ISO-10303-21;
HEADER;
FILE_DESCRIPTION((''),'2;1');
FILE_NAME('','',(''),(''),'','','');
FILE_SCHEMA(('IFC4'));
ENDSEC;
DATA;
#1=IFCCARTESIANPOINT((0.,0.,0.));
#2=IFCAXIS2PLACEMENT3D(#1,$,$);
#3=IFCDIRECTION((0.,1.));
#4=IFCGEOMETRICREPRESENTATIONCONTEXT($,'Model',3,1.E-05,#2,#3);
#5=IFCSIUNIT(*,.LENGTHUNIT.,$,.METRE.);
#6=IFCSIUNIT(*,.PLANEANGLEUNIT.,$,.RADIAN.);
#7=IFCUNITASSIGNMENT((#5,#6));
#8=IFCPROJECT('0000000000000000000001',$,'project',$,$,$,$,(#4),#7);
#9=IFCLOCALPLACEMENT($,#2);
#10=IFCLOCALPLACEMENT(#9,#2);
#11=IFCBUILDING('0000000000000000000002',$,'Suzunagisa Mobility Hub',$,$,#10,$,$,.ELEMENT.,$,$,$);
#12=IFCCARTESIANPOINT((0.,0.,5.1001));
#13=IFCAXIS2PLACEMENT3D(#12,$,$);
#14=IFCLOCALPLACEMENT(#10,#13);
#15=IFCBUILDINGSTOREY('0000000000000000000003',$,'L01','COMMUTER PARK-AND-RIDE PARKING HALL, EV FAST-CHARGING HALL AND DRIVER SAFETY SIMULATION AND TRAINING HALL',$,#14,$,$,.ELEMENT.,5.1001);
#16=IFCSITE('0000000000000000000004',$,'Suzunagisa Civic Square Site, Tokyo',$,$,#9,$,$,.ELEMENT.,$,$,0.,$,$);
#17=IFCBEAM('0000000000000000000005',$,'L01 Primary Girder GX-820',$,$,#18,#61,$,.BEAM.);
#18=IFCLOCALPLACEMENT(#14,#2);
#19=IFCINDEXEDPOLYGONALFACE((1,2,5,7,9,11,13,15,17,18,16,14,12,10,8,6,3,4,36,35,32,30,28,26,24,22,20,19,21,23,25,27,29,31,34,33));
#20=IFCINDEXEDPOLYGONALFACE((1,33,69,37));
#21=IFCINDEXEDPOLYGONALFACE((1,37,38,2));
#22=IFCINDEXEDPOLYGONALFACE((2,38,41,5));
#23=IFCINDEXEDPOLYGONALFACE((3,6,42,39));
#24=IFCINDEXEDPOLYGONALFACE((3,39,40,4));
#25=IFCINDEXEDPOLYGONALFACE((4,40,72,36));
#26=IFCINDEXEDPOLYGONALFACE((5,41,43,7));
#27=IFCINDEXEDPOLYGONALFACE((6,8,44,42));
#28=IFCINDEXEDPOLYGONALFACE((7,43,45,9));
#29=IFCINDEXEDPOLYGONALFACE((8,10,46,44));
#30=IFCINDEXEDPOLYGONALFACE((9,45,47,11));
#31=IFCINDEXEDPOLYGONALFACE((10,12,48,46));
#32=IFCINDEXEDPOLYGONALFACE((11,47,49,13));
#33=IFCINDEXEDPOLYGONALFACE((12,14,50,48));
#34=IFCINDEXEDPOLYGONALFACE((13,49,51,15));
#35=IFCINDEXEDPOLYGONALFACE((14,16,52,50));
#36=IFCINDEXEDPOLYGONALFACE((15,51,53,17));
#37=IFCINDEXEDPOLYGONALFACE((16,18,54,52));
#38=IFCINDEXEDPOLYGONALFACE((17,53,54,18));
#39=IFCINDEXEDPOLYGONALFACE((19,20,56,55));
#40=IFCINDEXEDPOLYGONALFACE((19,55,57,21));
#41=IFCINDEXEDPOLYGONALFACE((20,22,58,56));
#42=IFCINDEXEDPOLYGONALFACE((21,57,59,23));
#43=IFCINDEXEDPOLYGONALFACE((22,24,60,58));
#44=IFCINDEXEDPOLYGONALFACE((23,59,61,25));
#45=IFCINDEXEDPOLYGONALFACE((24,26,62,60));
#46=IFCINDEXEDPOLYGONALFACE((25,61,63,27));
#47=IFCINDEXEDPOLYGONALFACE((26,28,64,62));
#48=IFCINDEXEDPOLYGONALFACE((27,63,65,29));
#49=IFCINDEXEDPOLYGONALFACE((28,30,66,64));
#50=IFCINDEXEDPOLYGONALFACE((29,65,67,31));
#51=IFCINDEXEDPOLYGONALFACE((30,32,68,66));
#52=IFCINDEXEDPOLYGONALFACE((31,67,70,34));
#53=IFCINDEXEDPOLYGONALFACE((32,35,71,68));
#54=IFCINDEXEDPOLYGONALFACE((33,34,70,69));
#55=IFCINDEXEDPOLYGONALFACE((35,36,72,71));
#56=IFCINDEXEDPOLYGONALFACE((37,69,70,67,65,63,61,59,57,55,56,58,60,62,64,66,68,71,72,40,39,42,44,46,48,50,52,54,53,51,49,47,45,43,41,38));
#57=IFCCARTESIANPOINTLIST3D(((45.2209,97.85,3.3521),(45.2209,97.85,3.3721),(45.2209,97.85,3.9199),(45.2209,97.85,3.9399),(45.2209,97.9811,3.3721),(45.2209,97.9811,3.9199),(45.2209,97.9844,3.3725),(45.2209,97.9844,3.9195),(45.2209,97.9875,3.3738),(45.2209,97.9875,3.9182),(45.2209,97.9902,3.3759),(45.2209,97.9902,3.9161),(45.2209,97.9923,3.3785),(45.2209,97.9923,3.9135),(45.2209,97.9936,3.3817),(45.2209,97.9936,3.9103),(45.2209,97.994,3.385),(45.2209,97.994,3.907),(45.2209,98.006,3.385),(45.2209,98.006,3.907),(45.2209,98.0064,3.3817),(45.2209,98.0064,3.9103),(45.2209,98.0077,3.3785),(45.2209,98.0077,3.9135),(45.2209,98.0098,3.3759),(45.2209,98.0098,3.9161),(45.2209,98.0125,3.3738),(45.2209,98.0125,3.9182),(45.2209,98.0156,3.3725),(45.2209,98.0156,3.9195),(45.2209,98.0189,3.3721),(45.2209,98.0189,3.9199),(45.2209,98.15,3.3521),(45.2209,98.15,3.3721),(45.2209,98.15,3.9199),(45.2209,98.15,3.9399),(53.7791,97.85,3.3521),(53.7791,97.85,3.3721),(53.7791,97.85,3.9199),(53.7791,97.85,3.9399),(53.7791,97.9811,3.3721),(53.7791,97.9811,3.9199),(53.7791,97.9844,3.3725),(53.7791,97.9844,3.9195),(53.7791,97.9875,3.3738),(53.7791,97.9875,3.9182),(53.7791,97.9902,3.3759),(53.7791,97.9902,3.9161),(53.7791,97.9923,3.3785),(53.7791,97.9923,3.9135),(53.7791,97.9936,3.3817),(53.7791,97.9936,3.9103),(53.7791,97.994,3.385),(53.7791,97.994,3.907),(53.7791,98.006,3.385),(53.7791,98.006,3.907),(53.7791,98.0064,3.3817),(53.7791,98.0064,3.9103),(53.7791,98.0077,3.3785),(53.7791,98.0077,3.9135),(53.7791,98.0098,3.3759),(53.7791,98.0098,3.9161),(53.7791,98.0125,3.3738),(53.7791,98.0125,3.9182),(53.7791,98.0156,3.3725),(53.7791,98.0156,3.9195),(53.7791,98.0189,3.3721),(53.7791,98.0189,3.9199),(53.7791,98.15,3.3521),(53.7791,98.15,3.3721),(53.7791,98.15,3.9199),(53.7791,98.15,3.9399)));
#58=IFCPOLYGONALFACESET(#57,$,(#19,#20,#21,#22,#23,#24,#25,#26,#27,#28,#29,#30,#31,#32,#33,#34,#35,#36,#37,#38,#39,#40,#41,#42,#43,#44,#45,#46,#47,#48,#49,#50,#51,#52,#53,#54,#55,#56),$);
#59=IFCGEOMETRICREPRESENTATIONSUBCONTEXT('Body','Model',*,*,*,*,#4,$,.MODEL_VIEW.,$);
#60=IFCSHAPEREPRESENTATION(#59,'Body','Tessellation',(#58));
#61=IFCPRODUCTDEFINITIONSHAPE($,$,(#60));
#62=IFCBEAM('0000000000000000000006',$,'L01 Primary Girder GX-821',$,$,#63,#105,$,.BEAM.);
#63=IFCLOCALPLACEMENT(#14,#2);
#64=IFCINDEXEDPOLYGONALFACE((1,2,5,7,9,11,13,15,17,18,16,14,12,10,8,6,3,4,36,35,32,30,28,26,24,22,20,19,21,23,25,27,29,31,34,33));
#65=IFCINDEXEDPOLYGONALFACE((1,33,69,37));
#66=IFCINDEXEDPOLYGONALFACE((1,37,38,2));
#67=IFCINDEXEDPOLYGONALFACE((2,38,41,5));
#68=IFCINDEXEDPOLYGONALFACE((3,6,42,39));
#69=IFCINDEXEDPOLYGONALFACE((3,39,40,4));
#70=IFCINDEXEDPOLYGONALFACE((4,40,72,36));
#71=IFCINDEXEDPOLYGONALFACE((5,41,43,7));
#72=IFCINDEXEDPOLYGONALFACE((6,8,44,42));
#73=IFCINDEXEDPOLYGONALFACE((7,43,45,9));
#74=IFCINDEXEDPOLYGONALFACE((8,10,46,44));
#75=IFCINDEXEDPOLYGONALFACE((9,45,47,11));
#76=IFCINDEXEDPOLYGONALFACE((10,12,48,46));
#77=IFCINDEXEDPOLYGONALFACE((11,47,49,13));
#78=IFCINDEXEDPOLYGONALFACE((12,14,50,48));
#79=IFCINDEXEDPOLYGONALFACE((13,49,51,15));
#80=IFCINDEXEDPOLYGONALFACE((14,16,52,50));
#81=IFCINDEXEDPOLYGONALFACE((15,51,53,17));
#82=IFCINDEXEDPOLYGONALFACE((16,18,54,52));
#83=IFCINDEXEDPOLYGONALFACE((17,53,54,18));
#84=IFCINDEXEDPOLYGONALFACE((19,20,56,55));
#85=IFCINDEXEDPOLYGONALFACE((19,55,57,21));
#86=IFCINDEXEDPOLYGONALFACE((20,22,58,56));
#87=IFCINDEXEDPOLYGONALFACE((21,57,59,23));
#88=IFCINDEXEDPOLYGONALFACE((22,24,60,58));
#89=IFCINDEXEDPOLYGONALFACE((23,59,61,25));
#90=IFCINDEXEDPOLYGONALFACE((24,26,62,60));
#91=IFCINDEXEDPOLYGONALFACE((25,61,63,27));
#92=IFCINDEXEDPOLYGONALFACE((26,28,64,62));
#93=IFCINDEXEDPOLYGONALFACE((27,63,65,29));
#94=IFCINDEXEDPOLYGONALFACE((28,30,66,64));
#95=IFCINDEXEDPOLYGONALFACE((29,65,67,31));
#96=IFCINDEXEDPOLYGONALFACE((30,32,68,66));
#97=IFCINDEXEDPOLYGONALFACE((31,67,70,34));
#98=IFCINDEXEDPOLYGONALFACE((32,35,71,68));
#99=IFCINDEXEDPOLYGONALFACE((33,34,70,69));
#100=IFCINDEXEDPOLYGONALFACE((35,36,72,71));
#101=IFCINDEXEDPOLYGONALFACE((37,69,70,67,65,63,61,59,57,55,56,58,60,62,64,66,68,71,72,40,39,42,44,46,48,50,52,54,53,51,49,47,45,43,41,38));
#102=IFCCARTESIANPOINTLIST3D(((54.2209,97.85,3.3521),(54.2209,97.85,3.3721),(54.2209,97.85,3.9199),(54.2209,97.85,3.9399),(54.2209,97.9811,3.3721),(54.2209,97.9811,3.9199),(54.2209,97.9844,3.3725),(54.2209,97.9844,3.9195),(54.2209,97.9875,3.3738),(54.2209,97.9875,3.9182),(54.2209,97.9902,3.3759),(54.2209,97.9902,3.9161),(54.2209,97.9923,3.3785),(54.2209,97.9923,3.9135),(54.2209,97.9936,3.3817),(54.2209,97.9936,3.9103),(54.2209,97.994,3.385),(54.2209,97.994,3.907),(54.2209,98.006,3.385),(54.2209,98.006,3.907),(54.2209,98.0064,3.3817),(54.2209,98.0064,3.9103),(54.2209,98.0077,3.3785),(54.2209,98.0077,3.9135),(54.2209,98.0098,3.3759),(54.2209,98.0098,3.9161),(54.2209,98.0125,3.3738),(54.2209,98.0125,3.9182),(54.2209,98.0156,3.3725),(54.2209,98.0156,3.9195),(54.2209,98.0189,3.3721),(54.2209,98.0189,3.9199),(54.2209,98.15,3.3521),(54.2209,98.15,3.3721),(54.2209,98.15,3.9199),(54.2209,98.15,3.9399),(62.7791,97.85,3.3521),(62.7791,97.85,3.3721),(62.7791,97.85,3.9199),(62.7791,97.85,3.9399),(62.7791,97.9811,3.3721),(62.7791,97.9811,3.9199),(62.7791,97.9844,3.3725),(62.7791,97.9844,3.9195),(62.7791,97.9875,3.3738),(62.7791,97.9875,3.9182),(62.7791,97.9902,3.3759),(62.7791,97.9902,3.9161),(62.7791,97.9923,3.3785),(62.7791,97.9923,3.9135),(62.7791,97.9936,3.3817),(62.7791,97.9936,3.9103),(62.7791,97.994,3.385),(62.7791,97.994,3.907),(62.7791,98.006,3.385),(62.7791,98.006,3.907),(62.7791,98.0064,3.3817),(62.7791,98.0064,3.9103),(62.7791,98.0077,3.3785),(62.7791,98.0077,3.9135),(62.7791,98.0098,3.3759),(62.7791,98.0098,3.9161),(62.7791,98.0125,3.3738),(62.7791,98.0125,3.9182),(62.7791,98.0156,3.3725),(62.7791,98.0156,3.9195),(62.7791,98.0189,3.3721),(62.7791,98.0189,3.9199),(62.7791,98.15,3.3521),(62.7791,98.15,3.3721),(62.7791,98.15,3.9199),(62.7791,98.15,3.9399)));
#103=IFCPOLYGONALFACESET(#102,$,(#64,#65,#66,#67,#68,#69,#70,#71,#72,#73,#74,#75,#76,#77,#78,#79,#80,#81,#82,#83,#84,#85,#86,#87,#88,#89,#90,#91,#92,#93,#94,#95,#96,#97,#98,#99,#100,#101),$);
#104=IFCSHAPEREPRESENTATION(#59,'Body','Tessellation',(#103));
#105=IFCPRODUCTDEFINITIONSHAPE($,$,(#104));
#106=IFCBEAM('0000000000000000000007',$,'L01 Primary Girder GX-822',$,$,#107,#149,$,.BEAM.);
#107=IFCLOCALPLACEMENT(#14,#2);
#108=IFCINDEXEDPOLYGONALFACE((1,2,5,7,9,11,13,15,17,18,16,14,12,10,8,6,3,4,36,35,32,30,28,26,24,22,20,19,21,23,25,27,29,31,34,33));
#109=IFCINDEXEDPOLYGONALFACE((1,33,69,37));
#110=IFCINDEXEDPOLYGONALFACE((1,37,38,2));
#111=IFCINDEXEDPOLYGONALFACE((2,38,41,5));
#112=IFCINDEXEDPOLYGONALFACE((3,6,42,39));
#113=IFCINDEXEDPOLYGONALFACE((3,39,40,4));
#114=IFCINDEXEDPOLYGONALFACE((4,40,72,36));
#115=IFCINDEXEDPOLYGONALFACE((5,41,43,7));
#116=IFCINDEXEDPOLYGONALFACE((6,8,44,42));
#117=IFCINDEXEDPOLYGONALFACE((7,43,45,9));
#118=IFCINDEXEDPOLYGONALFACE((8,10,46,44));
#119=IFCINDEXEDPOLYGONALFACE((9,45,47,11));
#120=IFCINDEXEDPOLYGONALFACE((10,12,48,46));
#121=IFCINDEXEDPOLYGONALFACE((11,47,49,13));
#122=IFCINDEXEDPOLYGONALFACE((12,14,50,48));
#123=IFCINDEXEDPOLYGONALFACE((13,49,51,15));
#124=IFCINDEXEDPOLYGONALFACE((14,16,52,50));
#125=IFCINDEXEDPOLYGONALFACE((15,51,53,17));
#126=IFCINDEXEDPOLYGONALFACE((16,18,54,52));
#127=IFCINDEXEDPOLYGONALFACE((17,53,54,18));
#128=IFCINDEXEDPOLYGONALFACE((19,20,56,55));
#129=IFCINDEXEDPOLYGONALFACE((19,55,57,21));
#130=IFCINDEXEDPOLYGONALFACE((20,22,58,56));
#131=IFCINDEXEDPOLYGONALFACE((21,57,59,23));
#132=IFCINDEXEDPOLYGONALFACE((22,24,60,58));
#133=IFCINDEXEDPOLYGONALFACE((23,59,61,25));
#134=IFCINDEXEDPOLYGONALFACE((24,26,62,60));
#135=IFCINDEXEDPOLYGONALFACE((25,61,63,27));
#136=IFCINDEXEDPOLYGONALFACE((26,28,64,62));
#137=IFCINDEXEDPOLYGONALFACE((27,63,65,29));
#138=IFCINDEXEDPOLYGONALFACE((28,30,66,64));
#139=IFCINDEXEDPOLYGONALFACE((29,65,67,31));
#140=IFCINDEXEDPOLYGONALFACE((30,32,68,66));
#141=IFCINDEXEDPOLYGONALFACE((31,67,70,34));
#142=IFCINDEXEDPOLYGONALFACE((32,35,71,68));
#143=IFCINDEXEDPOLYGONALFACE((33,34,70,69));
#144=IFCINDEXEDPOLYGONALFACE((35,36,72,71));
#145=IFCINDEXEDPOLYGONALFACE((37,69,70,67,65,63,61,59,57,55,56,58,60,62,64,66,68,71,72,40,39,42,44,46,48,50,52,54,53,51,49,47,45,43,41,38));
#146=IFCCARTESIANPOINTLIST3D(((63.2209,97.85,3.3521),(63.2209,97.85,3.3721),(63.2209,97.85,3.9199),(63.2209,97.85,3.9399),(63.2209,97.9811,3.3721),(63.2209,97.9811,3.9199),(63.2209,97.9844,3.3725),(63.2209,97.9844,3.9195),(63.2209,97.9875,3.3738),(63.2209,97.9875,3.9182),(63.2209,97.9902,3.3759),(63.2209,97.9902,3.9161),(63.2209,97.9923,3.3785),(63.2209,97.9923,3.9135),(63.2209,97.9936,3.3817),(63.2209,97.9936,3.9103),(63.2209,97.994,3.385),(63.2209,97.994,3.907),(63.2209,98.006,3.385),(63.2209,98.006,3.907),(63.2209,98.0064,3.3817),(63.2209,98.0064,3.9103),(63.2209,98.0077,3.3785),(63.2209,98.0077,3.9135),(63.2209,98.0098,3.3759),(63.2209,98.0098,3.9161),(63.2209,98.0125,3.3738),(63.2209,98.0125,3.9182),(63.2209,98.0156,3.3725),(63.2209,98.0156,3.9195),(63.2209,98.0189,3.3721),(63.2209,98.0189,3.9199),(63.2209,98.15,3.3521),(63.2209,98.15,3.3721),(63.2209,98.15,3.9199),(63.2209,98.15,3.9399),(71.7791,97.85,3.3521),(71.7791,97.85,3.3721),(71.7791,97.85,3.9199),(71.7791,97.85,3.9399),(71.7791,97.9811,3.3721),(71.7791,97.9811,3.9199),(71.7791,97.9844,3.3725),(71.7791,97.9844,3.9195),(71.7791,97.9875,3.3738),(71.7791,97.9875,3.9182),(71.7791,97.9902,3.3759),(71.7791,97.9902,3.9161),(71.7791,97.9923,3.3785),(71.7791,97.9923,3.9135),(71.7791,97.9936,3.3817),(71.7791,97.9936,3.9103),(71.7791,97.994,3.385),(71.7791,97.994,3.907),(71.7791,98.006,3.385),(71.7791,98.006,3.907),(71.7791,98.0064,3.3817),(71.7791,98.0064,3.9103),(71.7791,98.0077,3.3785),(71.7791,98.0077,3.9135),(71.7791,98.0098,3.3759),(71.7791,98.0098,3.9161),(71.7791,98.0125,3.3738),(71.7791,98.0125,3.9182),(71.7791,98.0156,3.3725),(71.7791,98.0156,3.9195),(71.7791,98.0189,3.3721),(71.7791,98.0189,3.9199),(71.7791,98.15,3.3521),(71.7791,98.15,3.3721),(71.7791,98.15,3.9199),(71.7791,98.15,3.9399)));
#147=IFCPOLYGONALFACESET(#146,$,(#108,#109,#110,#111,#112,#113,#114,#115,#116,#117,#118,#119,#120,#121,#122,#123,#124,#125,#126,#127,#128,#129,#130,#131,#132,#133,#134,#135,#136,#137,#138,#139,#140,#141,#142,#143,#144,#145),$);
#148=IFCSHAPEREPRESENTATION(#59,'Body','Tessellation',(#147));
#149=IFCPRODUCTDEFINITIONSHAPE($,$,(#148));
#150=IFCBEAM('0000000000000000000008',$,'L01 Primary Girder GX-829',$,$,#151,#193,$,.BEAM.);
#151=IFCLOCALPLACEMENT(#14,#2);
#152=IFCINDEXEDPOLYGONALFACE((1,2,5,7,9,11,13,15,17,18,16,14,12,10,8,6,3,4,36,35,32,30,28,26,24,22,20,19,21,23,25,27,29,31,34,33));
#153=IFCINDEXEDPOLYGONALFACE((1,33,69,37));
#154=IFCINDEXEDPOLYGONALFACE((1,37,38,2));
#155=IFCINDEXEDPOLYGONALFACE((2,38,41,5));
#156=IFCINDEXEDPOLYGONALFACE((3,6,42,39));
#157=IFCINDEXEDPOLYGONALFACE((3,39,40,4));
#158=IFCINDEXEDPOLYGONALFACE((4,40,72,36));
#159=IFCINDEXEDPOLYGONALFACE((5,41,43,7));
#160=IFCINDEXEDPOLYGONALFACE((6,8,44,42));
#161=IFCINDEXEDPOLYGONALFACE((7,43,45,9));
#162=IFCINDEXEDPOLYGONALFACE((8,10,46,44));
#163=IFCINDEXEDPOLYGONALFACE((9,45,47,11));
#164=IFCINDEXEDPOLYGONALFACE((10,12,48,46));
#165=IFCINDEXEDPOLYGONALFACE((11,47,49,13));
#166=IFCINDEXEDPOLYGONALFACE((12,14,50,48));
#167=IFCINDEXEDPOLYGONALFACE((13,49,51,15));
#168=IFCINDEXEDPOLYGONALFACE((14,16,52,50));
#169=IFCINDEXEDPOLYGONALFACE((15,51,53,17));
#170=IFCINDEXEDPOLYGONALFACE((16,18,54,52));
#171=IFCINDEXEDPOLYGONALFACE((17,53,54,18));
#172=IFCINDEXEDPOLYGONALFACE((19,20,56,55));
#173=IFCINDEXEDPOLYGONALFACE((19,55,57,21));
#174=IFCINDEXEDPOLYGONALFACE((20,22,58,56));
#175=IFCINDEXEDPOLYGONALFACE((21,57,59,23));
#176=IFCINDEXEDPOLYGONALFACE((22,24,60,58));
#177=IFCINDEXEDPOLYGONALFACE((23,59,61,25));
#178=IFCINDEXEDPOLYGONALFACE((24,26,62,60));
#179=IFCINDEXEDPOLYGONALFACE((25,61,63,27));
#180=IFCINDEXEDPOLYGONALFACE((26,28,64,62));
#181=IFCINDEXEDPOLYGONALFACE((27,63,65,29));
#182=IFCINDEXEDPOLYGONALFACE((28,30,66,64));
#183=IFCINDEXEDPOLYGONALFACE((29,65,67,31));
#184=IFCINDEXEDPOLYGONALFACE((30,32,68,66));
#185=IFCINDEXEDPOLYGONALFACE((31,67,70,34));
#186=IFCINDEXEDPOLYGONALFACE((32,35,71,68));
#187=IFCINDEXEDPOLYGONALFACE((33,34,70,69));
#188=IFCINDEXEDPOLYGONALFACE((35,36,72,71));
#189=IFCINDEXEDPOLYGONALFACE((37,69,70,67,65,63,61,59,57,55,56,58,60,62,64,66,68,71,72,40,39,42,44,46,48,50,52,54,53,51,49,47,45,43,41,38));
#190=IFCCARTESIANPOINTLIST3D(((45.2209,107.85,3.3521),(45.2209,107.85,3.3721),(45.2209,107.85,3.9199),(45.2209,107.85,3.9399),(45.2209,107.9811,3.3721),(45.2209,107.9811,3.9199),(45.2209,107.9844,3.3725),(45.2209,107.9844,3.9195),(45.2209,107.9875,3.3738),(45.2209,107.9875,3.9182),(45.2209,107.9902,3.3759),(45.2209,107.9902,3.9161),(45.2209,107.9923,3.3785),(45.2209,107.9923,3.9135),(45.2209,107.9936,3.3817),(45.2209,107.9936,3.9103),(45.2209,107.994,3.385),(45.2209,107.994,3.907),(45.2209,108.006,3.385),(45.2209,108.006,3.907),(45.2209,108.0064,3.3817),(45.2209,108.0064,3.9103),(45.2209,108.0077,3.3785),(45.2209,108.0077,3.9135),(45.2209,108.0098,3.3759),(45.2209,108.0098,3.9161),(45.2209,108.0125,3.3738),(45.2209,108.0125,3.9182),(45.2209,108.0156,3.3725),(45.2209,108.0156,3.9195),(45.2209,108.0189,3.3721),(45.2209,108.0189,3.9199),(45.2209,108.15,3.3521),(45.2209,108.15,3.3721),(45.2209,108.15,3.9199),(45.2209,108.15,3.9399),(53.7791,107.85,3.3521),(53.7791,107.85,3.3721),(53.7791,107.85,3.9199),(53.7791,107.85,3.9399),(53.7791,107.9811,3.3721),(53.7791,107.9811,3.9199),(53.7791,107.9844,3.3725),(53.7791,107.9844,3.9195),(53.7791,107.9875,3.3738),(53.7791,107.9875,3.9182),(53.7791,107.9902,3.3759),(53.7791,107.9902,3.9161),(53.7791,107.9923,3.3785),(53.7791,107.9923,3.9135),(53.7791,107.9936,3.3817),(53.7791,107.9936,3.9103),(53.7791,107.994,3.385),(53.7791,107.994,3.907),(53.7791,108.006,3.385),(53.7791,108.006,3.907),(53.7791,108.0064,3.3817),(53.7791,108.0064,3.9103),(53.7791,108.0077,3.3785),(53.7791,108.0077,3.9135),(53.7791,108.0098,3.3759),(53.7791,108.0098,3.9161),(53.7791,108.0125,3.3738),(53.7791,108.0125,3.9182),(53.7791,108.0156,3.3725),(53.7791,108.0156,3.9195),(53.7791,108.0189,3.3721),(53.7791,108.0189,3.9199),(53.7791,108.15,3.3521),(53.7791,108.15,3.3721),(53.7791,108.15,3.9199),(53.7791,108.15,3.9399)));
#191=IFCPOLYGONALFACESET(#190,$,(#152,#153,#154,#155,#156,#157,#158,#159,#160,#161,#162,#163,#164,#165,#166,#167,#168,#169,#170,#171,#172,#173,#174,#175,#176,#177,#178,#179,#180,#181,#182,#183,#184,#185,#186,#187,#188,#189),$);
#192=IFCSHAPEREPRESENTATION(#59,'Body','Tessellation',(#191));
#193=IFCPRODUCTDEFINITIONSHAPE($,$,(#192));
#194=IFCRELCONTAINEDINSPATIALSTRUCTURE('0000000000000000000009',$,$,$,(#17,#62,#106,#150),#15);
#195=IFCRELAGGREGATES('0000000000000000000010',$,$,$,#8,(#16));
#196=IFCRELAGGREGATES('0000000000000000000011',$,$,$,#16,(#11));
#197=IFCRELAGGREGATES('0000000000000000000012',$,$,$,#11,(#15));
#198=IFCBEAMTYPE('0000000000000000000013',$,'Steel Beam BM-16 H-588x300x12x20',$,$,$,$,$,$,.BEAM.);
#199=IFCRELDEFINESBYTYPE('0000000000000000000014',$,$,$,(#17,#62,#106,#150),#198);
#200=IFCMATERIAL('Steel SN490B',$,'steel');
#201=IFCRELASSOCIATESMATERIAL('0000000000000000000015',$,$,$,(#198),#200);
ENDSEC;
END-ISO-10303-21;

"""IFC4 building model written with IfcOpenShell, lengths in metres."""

from ifc_helpers import new_model, si_unit, direction, frame, origin, origin_2d, place, context, subcontext, project, spatial, i_section, extrude, material, material_profile, profile_set, type_object, element, save


model = new_model("IFC4")

# Units and contexts
model_context = context("Model", 3, precision=1e-05, world=origin(), true_north=direction((0.0, 1.0)))
body_context = subcontext(model_context, "Body", "Model", "MODEL_VIEW")
ifc_project = project(units=[si_unit("LENGTHUNIT", "METRE"), si_unit("PLANEANGLEUNIT", "RADIAN")], contexts=[model_context])

# Site, building, storey
site_placement = place(None, origin())
site = spatial("IfcSite", under=ifc_project, at=site_placement, Name="Suzunagisa Civic Square Site, Tokyo", CompositionType="ELEMENT", RefElevation=0.0)
building_placement = place(site_placement, origin())
building = spatial("IfcBuilding", under=site, at=building_placement, Name="Suzunagisa Mobility Hub", CompositionType="ELEMENT")
storey_placement = place(building_placement, frame((0.0, 0.0, 5.1001)))
storey = spatial("IfcBuildingStorey", under=building, at=storey_placement, Name="L01", Description="COMMUTER PARK-AND-RIDE PARKING HALL, EV FAST-CHARGING HALL AND DRIVER SAFETY SIMULATION AND TRAINING HALL", CompositionType="ELEMENT", Elevation=5.1001)

# Shared definitions
ifc_material_1 = material(Name="Steel SN490B", Category="steel")

# Beams
ifc_material_profile_1 = material_profile(ifc_material_1, i_section(OverallWidth=0.3, OverallDepth=0.5879, WebThickness=0.012, FlangeThickness=0.02, FilletRadius=0.0129, at=origin_2d()), Name="H-588x300x12x20")
ifc_profile_set_1 = profile_set([ifc_material_profile_1], Name="Steel SN490B")
beam_type_1 = type_object("IfcBeamType", Name="Steel Beam BM-16 H-588x300x12x20", PredefinedType="BEAM", material=ifc_profile_set_1)
for number, where, z_axis, x_axis, name in (
    (1, (45.2209, 98.0, 3.646), (1.0, 0.0, 0.0), (0.0, 1.0, 0.0), "L01 Primary Girder GX-820"),
    (2, (54.2209, 98.0, 3.646), (1.0, 0.0, 0.0), (0.0, 1.0, 0.0), "L01 Primary Girder GX-821"),
    (3, (63.2209, 98.0, 3.646), (1.0, 0.0, 0.0), (0.0, 1.0, 0.0), "L01 Primary Girder GX-822"),
    (4, (45.2209, 108.0, 3.646), (1.0, 0.0, 0.0), (0.0, 1.0, 0.0), "L01 Primary Girder GX-829"),
):
    element("IfcBeam", number, at=place(storey_placement, frame(where, z_axis=z_axis, x_axis=x_axis)), inside=storey, type_object=beam_type_1, Name=name, PredefinedType="BEAM", context=body_context, shape_type="SweptSolid", body=[
        extrude(i_section(OverallWidth=0.3, OverallDepth=0.5879, WebThickness=0.012, FlangeThickness=0.02, FilletRadius=0.0129, at=origin_2d()), origin(), (0.0, 0.0, 1.0), 8.5581),
    ])

save(model, "model.ifc")
